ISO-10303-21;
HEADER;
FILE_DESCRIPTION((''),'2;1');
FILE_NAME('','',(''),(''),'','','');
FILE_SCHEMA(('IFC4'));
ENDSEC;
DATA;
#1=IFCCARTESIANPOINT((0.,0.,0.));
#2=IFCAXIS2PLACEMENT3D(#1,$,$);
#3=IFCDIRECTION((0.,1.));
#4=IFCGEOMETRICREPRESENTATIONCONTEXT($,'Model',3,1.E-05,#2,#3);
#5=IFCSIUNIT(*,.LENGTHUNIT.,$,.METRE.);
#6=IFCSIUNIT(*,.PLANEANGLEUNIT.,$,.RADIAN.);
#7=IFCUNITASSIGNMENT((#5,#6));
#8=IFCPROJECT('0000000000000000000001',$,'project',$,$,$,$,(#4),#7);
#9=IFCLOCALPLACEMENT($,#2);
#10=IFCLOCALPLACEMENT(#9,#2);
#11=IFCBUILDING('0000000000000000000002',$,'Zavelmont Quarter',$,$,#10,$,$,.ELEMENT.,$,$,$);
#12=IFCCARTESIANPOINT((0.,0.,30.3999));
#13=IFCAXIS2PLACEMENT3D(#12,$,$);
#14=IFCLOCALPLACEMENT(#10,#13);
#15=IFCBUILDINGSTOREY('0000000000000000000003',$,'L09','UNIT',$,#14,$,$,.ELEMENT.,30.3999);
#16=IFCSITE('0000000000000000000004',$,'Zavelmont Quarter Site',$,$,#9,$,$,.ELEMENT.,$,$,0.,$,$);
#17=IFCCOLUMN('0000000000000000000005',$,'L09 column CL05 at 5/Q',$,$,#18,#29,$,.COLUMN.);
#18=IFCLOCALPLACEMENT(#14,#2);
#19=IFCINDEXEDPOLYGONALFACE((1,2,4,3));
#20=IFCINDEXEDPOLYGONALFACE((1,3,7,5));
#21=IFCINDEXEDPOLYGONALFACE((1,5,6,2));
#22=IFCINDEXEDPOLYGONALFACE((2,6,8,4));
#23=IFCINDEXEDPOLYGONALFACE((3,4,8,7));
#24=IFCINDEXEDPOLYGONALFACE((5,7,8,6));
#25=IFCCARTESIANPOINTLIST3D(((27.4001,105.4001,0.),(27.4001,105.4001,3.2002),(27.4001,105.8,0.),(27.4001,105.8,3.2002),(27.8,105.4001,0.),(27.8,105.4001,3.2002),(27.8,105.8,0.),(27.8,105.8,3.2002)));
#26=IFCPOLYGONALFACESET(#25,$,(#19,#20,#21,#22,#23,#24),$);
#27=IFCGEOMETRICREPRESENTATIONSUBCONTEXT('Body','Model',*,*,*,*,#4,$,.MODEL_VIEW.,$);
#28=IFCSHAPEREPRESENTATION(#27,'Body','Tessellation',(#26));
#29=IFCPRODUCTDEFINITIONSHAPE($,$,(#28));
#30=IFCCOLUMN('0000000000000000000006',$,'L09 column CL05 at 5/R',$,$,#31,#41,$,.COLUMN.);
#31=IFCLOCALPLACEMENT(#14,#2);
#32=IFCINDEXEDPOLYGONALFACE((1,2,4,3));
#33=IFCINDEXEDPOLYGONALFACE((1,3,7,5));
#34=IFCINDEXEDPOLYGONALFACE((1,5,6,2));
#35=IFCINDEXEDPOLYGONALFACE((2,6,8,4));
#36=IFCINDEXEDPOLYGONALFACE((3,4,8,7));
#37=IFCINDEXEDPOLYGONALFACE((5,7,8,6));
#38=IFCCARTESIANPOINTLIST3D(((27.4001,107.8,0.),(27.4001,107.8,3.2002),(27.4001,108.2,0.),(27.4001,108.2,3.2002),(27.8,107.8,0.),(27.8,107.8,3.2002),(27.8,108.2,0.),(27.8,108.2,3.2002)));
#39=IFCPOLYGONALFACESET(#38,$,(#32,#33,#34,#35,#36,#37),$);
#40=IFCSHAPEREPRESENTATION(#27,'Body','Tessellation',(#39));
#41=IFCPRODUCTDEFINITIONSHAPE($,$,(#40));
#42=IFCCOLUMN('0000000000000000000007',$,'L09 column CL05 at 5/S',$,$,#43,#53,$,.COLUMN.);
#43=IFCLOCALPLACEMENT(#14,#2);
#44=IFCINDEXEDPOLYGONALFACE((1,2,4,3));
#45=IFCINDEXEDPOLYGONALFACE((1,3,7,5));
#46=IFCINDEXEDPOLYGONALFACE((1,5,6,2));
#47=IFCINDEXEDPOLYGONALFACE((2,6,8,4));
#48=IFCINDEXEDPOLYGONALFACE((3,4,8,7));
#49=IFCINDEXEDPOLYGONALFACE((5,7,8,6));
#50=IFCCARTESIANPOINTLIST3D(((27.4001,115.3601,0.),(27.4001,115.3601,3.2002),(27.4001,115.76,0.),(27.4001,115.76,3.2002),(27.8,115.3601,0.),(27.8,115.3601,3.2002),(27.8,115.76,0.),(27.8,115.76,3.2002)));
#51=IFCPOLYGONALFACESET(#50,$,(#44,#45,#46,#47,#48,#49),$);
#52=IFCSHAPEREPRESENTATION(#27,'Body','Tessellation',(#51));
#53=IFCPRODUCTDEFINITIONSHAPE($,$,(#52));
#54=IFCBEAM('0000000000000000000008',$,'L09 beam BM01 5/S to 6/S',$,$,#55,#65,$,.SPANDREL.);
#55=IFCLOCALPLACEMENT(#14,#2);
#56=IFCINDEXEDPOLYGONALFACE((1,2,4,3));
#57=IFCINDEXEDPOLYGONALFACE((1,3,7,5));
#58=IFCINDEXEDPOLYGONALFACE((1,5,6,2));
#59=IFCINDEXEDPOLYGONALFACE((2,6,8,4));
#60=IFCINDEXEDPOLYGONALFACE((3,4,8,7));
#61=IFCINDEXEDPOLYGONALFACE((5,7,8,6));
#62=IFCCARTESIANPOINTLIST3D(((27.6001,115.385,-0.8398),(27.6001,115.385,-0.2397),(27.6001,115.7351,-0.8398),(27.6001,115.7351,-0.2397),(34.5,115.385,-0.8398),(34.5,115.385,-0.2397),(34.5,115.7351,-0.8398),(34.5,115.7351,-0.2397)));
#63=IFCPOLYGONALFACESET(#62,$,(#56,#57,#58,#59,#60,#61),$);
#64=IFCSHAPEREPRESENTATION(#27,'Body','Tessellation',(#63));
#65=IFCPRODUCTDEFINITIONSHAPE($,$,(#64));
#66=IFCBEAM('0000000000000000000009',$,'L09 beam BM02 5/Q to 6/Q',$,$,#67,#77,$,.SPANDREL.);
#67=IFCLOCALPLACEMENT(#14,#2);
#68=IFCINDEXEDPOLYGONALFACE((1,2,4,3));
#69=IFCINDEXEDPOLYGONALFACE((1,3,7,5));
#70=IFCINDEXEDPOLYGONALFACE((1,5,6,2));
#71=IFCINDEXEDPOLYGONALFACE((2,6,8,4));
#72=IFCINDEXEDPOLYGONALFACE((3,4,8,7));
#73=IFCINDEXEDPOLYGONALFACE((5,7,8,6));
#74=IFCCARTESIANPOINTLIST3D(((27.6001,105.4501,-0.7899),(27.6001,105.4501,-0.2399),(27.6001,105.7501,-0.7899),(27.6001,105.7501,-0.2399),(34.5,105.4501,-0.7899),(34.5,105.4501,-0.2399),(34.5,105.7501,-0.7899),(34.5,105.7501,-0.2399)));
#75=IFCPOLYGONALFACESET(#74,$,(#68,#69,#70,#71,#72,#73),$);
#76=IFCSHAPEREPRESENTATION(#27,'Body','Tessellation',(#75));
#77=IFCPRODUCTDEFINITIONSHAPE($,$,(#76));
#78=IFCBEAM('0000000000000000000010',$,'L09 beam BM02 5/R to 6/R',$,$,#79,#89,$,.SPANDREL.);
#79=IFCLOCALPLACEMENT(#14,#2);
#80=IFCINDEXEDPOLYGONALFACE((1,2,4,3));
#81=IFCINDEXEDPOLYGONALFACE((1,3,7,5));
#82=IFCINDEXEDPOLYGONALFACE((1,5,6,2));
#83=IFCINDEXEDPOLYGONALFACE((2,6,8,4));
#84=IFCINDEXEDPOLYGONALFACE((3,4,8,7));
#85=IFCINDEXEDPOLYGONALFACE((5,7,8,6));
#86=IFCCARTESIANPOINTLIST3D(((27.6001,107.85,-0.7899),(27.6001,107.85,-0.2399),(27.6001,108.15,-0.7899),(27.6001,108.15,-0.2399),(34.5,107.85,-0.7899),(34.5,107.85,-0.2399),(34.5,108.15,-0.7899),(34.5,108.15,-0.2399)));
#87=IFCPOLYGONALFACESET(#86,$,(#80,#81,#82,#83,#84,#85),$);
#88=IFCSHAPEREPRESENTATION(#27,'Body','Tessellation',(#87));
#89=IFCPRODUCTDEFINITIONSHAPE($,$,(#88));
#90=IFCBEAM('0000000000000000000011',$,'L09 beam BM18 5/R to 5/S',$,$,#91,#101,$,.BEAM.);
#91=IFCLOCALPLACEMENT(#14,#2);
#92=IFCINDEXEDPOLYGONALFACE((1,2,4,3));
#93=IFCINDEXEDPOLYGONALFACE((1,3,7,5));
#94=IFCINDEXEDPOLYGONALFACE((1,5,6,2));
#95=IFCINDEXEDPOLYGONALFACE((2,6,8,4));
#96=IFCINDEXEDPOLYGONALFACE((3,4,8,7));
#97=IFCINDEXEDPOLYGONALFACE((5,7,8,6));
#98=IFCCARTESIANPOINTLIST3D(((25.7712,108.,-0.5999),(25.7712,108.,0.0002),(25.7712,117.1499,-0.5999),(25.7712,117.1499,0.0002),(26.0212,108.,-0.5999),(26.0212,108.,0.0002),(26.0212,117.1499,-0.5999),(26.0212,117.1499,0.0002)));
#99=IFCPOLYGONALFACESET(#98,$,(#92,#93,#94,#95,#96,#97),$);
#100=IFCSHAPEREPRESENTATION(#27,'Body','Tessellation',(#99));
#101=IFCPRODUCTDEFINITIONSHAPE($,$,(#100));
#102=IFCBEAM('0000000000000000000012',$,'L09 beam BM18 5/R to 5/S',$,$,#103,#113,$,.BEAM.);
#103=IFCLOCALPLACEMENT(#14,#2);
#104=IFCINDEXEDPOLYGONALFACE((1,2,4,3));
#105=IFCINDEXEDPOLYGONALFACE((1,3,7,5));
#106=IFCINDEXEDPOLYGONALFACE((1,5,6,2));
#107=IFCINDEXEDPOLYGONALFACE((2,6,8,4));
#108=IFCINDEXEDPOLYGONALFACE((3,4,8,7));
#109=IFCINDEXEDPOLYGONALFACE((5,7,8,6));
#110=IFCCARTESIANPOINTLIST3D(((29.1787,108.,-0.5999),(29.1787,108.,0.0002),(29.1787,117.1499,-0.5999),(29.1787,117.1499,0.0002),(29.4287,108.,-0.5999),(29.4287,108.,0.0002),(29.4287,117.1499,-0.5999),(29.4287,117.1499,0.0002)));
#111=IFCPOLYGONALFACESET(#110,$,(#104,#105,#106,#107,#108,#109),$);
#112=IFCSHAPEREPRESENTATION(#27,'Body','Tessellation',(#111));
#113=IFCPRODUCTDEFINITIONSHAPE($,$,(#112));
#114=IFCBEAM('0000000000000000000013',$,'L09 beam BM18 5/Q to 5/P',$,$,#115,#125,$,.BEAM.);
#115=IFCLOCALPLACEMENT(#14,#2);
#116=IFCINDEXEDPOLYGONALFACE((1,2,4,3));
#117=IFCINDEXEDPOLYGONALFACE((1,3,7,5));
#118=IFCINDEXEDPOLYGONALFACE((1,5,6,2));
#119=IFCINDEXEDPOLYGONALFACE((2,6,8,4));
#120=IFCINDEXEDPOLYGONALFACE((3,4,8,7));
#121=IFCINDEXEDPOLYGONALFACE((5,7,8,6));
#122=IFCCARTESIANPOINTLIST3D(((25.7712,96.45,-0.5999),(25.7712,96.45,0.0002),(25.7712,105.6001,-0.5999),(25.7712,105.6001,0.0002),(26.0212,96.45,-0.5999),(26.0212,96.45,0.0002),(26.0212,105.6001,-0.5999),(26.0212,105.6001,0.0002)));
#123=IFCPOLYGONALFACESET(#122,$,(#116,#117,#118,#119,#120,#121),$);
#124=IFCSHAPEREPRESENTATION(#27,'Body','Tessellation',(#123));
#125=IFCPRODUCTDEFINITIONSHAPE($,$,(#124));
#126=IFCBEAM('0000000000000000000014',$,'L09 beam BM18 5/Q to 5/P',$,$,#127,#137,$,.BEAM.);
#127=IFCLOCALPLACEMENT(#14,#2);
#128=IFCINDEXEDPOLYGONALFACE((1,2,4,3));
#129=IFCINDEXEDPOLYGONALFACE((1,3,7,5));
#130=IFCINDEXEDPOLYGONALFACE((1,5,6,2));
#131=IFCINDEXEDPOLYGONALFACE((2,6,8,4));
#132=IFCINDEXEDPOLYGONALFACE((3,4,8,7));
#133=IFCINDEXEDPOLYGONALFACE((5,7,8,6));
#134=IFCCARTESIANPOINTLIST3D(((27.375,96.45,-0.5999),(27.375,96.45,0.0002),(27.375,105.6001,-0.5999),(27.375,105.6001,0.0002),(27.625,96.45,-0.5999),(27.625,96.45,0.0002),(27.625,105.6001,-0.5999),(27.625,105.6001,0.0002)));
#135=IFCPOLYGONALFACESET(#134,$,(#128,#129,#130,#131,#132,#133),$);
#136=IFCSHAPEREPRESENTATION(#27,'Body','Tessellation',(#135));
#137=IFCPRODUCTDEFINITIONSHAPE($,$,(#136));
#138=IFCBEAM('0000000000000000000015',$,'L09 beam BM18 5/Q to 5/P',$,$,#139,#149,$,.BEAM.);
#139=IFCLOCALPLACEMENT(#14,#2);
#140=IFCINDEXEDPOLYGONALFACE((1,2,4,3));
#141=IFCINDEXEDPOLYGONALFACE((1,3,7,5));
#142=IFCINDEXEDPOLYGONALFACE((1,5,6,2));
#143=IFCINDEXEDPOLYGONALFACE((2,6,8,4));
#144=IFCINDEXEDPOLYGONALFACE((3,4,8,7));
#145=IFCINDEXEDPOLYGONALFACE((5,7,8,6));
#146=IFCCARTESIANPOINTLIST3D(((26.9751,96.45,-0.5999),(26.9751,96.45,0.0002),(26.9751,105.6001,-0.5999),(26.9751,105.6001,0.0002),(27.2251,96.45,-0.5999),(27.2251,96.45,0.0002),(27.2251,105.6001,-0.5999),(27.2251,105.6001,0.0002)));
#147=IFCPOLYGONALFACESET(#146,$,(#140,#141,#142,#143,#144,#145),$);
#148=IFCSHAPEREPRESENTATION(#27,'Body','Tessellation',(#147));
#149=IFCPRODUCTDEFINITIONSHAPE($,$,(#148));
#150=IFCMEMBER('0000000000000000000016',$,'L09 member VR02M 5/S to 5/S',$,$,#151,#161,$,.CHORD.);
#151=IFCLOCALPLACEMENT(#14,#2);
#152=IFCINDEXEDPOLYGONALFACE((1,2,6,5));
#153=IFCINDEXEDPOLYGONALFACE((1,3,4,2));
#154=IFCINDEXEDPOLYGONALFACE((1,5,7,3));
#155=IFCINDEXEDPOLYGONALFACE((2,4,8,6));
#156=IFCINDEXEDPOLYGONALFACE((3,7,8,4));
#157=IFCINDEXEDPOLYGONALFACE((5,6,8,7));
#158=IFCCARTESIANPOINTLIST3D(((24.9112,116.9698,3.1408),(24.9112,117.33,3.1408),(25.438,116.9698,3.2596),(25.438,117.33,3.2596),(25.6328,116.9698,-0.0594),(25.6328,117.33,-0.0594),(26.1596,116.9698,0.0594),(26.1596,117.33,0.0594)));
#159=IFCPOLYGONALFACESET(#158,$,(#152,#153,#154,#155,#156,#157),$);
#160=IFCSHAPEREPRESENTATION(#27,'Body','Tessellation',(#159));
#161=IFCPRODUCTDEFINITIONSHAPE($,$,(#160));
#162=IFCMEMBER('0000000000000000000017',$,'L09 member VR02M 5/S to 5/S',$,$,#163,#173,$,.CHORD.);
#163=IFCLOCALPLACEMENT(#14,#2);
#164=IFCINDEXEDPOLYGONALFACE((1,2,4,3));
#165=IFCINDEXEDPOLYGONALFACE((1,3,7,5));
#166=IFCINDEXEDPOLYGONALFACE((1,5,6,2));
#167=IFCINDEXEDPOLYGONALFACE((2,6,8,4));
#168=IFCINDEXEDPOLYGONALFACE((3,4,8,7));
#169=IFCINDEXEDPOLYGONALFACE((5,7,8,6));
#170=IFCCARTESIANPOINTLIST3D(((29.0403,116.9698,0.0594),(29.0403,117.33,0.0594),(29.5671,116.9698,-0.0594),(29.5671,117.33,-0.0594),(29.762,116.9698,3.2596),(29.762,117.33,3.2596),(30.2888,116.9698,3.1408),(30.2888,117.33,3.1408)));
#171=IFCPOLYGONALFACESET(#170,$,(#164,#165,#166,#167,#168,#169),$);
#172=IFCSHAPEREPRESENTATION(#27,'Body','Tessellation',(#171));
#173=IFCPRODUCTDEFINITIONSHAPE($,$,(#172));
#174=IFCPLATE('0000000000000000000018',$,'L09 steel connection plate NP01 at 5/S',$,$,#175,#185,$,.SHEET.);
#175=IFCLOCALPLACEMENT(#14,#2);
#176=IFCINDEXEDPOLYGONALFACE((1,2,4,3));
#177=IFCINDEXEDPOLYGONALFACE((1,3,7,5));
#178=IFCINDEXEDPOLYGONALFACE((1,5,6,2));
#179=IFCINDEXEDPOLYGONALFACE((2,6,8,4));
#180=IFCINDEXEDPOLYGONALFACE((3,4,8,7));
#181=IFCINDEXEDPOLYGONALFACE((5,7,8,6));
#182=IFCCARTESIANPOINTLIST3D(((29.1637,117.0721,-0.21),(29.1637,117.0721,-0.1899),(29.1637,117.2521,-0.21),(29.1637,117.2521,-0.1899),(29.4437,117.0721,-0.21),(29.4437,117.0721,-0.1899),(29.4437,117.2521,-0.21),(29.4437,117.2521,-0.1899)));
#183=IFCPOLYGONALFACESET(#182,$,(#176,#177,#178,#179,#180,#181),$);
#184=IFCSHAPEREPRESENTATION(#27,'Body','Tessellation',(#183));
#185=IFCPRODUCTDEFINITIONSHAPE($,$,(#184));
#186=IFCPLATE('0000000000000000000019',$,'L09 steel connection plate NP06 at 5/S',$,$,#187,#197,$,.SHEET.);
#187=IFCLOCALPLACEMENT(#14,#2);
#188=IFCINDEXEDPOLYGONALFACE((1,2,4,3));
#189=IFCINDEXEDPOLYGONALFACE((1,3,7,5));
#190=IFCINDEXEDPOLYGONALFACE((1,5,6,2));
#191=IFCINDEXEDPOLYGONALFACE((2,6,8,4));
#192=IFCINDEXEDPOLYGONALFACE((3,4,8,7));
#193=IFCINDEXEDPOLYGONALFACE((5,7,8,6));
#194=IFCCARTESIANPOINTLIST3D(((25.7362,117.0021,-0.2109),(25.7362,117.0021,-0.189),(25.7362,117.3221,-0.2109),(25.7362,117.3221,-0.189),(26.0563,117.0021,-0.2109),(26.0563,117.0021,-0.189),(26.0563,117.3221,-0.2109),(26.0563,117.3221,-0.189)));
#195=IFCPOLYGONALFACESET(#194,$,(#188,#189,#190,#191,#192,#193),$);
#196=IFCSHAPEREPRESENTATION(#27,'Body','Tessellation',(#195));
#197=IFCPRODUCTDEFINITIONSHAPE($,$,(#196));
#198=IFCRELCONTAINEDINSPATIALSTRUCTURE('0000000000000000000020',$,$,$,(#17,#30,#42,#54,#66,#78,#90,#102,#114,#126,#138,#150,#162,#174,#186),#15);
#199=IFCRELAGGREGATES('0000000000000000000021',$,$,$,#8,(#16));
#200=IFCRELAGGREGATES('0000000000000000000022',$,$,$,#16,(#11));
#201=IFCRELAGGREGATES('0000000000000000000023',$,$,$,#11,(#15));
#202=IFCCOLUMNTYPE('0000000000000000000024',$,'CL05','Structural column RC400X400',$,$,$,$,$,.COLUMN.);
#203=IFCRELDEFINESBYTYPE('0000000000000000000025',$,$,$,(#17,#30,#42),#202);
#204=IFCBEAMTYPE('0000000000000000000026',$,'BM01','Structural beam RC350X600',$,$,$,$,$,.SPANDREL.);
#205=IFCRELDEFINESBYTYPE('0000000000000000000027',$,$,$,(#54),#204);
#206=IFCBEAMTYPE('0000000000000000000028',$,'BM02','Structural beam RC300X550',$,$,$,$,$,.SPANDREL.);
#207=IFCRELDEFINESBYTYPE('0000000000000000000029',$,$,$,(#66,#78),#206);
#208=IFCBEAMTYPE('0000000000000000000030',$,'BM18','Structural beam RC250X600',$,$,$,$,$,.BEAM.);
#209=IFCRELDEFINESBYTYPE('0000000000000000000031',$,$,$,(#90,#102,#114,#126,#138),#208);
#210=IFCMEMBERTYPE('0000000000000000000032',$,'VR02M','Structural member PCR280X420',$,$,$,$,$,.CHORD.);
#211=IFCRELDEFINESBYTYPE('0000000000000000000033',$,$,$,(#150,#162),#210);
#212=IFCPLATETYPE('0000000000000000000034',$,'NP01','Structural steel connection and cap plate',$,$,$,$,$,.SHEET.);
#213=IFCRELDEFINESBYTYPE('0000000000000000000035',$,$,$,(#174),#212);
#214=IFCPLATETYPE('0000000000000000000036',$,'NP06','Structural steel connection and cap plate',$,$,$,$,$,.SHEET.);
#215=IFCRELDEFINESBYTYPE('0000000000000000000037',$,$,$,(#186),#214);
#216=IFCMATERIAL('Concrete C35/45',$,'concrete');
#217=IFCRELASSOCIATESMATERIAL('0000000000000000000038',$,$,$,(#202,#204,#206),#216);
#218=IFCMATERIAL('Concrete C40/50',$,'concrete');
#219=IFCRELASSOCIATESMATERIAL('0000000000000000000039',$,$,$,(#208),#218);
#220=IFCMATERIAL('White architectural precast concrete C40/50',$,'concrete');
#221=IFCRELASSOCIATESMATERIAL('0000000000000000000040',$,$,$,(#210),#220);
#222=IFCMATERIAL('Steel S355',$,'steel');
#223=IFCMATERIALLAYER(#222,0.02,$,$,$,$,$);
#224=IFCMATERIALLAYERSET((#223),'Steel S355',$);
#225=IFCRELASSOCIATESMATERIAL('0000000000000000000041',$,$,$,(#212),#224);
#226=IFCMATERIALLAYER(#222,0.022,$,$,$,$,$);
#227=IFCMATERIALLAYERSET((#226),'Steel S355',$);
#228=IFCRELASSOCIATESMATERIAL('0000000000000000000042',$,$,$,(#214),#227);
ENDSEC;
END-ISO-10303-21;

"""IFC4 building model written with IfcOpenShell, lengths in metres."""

from ifc_helpers import new_model, si_unit, direction, frame, origin, origin_2d, place, context, subcontext, project, spatial, rectangle, extrude, material, layer, layer_set, material_profile, profile_set, type_object, element, save


model = new_model("IFC4")

# Units and contexts
model_context = context("Model", 3, precision=1e-05, world=origin(), true_north=direction((0.0, 1.0)))
body_context = subcontext(model_context, "Body", "Model", "MODEL_VIEW")
ifc_project = project(units=[si_unit("LENGTHUNIT", "METRE"), si_unit("PLANEANGLEUNIT", "RADIAN")], contexts=[model_context])

# Site, building, storey
site_placement = place(None, origin())
site = spatial("IfcSite", under=ifc_project, at=site_placement, Name="Zavelmont Quarter Site", CompositionType="ELEMENT", RefElevation=0.0)
building_placement = place(site_placement, origin())
building = spatial("IfcBuilding", under=site, at=building_placement, Name="Zavelmont Quarter", CompositionType="ELEMENT")
storey_placement = place(building_placement, frame((0.0, 0.0, 30.3999)))
storey = spatial("IfcBuildingStorey", under=building, at=storey_placement, Name="L09", Description="UNIT", CompositionType="ELEMENT", Elevation=30.3999)

# Columns
ifc_material_1 = material(Name="Concrete C35/45", Category="concrete")
ifc_material_profile_1 = material_profile(ifc_material_1, rectangle(XDim=0.3999, YDim=0.3999, at=origin_2d()), Name="RC400X400")
ifc_profile_set_1 = profile_set([ifc_material_profile_1], Name="Concrete C35/45")
column_type = type_object("IfcColumnType", Name="CL05", Description="Structural column RC400X400", PredefinedType="COLUMN", material=ifc_profile_set_1)
for number, where, z_axis, x_axis, name in (
    (1, (27.6001, 105.6001, 0.0), (0.0, 0.0, 1.0), (1.0, 0.0, 0.0), "L09 column CL05 at 5/Q"),
    (2, (27.6001, 108.0, 0.0), (0.0, 0.0, 1.0), (1.0, 0.0, 0.0), "L09 column CL05 at 5/R"),
    (3, (27.6001, 115.5601, 0.0), (0.0, 0.0, 1.0), (1.0, 0.0, 0.0), "L09 column CL05 at 5/S"),
):
    element("IfcColumn", number, at=place(storey_placement, frame(where, z_axis=z_axis, x_axis=x_axis)), inside=storey, type_object=column_type, Name=name, PredefinedType="COLUMN", context=body_context, shape_type="SweptSolid", body=[
        extrude(rectangle(XDim=0.3999, YDim=0.3999, at=origin_2d()), origin(), (0.0, 0.0, 1.0), 3.2002),
    ])

# Beams
ifc_material_profile_2 = material_profile(ifc_material_1, rectangle(XDim=0.3501, YDim=0.6001, at=origin_2d()), Name="RC350X600")
ifc_profile_set_2 = profile_set([ifc_material_profile_2], Name="Concrete C35/45")
beam_type_1 = type_object("IfcBeamType", Name="BM01", Description="Structural beam RC350X600", PredefinedType="SPANDREL", material=ifc_profile_set_2)
beam_placement = place(storey_placement, frame((27.6001, 115.5601, -0.5398), z_axis=(1.0, 0.0, 0.0), x_axis=(0.0, 1.0, 0.0)))
element("IfcBeam", 4, at=beam_placement, inside=storey, type_object=beam_type_1, Name="L09 beam BM01 5/S to 6/S", PredefinedType="SPANDREL", context=body_context, shape_type="SweptSolid", body=[
    extrude(rectangle(XDim=0.3501, YDim=0.6001, at=origin_2d()), origin(), (0.0, 0.0, 1.0), 6.8999),
])
ifc_material_profile_3 = material_profile(ifc_material_1, rectangle(XDim=0.3, YDim=0.55, at=origin_2d()), Name="RC300X550")
ifc_profile_set_3 = profile_set([ifc_material_profile_3], Name="Concrete C35/45")
beam_type_2 = type_object("IfcBeamType", Name="BM02", Description="Structural beam RC300X550", PredefinedType="SPANDREL", material=ifc_profile_set_3)
for number, where, z_axis, x_axis, name in (
    (5, (27.6001, 105.6001, -0.5149), (1.0, 0.0, 0.0), (0.0, 1.0, 0.0), "L09 beam BM02 5/Q to 6/Q"),
    (6, (27.6001, 108.0, -0.5149), (1.0, 0.0, 0.0), (0.0, 1.0, 0.0), "L09 beam BM02 5/R to 6/R"),
):
    element("IfcBeam", number, at=place(storey_placement, frame(where, z_axis=z_axis, x_axis=x_axis)), inside=storey, type_object=beam_type_2, Name=name, PredefinedType="SPANDREL", context=body_context, shape_type="SweptSolid", body=[
        extrude(rectangle(XDim=0.3, YDim=0.55, at=origin_2d()), origin(), (0.0, 0.0, 1.0), 6.8999),
    ])
ifc_material_2 = material(Name="Concrete C40/50", Category="concrete")
ifc_material_profile_4 = material_profile(ifc_material_2, rectangle(XDim=0.25, YDim=0.6001, at=origin_2d()), Name="RC250X600")
ifc_profile_set_4 = profile_set([ifc_material_profile_4], Name="Concrete C40/50")
beam_type_3 = type_object("IfcBeamType", Name="BM18", Description="Structural beam RC250X600", PredefinedType="BEAM", material=ifc_profile_set_4)
for number, where, z_axis, x_axis, name in (
    (7, (25.8962, 108.0, -0.2998), (0.0, 1.0, 0.0), (-1.0, 0.0, 0.0), "L09 beam BM18 5/R to 5/S"),
    (8, (29.3037, 108.0, -0.2998), (0.0, 1.0, 0.0), (-1.0, 0.0, 0.0), "L09 beam BM18 5/R to 5/S"),
):
    element("IfcBeam", number, at=place(storey_placement, frame(where, z_axis=z_axis, x_axis=x_axis)), inside=storey, type_object=beam_type_3, Name=name, PredefinedType="BEAM", context=body_context, shape_type="SweptSolid", body=[
        extrude(rectangle(XDim=0.25, YDim=0.6001, at=origin_2d()), origin(), (0.0, 0.0, 1.0), 9.1499),
    ])
for number, where, z_axis, x_axis, name in (
    (9, (25.8962, 105.6001, -0.2998), (0.0, -1.0, 0.0), (1.0, 0.0, 0.0), "L09 beam BM18 5/Q to 5/P"),
    (10, (27.5, 105.6001, -0.2998), (0.0, -1.0, 0.0), (1.0, 0.0, 0.0), "L09 beam BM18 5/Q to 5/P"),
    (11, (27.1001, 105.6001, -0.2998), (0.0, -1.0, 0.0), (1.0, 0.0, 0.0), "L09 beam BM18 5/Q to 5/P"),
):
    element("IfcBeam", number, at=place(storey_placement, frame(where, z_axis=z_axis, x_axis=x_axis)), inside=storey, type_object=beam_type_3, Name=name, PredefinedType="BEAM", context=body_context, shape_type="SweptSolid", body=[
        extrude(rectangle(XDim=0.25, YDim=0.6001, at=origin_2d()), origin(), (0.0, 0.0, 1.0), 9.1501),
    ])

# Members
ifc_material_3 = material(Name="White architectural precast concrete C40/50", Category="concrete")
ifc_material_profile_5 = material_profile(ifc_material_3, rectangle(XDim=0.3601, YDim=0.54, at=origin_2d()), Name="PCR280X420")
ifc_profile_set_5 = profile_set([ifc_material_profile_5], Name="White architectural precast concrete C40/50")
member_type = type_object("IfcMemberType", Name="VR02M", Description="Structural member PCR280X420", PredefinedType="CHORD", material=ifc_profile_set_5)
for number, where, z_axis, x_axis, name in (
    (12, (25.8962, 117.1499, 0.0), (-0.219987, 0.0, 0.975503), (0.0, -1.0, 0.0), "L09 member VR02M 5/S to 5/S"),
    (13, (29.3037, 117.1499, 0.0), (0.219987, 0.0, 0.975503), (0.0, 1.0, 0.0), "L09 member VR02M 5/S to 5/S"),
):
    element("IfcMember", number, at=place(storey_placement, frame(where, z_axis=z_axis, x_axis=x_axis)), inside=storey, type_object=member_type, Name=name, PredefinedType="CHORD", context=body_context, shape_type="SweptSolid", body=[
        extrude(rectangle(XDim=0.3601, YDim=0.54, at=origin_2d()), origin(), (0.0, 0.0, 1.0), 3.2805),
    ])

# Plates
ifc_material_4 = material(Name="Steel S355", Category="steel")
ifc_layer_1 = layer(ifc_material_4, 0.02)
ifc_layer_set_1 = layer_set([ifc_layer_1], Name="Steel S355")
plate_type_1 = type_object("IfcPlateType", Name="NP01", Description="Structural steel connection and cap plate", PredefinedType="SHEET", material=ifc_layer_set_1)
plate_1_placement = place(storey_placement, frame((29.3037, 117.1621, -0.21), z_axis=(0.0, 0.0, 1.0), x_axis=(1.0, 0.0, 0.0)))
element("IfcPlate", 14, at=plate_1_placement, inside=storey, type_object=plate_type_1, Name="L09 steel connection plate NP01 at 5/S", PredefinedType="SHEET", context=body_context, shape_type="SweptSolid", body=[
    extrude(rectangle(XDim=0.28, YDim=0.1799, at=origin_2d()), origin(), (0.0, 0.0, 1.0), 0.02),
])
ifc_layer_2 = layer(ifc_material_4, 0.022)
ifc_layer_set_2 = layer_set([ifc_layer_2], Name="Steel S355")
plate_type_2 = type_object("IfcPlateType", Name="NP06", Description="Structural steel connection and cap plate", PredefinedType="SHEET", material=ifc_layer_set_2)
plate_2_placement = place(storey_placement, frame((25.8962, 117.1621, -0.2109), z_axis=(0.0, 0.0, 1.0), x_axis=(1.0, 0.0, 0.0)))
element("IfcPlate", 15, at=plate_2_placement, inside=storey, type_object=plate_type_2, Name="L09 steel connection plate NP06 at 5/S", PredefinedType="SHEET", context=body_context, shape_type="SweptSolid", body=[
    extrude(rectangle(XDim=0.3201, YDim=0.3201, at=origin_2d()), origin(), (0.0, 0.0, 1.0), 0.022),
])

save(model, "model.ifc")
